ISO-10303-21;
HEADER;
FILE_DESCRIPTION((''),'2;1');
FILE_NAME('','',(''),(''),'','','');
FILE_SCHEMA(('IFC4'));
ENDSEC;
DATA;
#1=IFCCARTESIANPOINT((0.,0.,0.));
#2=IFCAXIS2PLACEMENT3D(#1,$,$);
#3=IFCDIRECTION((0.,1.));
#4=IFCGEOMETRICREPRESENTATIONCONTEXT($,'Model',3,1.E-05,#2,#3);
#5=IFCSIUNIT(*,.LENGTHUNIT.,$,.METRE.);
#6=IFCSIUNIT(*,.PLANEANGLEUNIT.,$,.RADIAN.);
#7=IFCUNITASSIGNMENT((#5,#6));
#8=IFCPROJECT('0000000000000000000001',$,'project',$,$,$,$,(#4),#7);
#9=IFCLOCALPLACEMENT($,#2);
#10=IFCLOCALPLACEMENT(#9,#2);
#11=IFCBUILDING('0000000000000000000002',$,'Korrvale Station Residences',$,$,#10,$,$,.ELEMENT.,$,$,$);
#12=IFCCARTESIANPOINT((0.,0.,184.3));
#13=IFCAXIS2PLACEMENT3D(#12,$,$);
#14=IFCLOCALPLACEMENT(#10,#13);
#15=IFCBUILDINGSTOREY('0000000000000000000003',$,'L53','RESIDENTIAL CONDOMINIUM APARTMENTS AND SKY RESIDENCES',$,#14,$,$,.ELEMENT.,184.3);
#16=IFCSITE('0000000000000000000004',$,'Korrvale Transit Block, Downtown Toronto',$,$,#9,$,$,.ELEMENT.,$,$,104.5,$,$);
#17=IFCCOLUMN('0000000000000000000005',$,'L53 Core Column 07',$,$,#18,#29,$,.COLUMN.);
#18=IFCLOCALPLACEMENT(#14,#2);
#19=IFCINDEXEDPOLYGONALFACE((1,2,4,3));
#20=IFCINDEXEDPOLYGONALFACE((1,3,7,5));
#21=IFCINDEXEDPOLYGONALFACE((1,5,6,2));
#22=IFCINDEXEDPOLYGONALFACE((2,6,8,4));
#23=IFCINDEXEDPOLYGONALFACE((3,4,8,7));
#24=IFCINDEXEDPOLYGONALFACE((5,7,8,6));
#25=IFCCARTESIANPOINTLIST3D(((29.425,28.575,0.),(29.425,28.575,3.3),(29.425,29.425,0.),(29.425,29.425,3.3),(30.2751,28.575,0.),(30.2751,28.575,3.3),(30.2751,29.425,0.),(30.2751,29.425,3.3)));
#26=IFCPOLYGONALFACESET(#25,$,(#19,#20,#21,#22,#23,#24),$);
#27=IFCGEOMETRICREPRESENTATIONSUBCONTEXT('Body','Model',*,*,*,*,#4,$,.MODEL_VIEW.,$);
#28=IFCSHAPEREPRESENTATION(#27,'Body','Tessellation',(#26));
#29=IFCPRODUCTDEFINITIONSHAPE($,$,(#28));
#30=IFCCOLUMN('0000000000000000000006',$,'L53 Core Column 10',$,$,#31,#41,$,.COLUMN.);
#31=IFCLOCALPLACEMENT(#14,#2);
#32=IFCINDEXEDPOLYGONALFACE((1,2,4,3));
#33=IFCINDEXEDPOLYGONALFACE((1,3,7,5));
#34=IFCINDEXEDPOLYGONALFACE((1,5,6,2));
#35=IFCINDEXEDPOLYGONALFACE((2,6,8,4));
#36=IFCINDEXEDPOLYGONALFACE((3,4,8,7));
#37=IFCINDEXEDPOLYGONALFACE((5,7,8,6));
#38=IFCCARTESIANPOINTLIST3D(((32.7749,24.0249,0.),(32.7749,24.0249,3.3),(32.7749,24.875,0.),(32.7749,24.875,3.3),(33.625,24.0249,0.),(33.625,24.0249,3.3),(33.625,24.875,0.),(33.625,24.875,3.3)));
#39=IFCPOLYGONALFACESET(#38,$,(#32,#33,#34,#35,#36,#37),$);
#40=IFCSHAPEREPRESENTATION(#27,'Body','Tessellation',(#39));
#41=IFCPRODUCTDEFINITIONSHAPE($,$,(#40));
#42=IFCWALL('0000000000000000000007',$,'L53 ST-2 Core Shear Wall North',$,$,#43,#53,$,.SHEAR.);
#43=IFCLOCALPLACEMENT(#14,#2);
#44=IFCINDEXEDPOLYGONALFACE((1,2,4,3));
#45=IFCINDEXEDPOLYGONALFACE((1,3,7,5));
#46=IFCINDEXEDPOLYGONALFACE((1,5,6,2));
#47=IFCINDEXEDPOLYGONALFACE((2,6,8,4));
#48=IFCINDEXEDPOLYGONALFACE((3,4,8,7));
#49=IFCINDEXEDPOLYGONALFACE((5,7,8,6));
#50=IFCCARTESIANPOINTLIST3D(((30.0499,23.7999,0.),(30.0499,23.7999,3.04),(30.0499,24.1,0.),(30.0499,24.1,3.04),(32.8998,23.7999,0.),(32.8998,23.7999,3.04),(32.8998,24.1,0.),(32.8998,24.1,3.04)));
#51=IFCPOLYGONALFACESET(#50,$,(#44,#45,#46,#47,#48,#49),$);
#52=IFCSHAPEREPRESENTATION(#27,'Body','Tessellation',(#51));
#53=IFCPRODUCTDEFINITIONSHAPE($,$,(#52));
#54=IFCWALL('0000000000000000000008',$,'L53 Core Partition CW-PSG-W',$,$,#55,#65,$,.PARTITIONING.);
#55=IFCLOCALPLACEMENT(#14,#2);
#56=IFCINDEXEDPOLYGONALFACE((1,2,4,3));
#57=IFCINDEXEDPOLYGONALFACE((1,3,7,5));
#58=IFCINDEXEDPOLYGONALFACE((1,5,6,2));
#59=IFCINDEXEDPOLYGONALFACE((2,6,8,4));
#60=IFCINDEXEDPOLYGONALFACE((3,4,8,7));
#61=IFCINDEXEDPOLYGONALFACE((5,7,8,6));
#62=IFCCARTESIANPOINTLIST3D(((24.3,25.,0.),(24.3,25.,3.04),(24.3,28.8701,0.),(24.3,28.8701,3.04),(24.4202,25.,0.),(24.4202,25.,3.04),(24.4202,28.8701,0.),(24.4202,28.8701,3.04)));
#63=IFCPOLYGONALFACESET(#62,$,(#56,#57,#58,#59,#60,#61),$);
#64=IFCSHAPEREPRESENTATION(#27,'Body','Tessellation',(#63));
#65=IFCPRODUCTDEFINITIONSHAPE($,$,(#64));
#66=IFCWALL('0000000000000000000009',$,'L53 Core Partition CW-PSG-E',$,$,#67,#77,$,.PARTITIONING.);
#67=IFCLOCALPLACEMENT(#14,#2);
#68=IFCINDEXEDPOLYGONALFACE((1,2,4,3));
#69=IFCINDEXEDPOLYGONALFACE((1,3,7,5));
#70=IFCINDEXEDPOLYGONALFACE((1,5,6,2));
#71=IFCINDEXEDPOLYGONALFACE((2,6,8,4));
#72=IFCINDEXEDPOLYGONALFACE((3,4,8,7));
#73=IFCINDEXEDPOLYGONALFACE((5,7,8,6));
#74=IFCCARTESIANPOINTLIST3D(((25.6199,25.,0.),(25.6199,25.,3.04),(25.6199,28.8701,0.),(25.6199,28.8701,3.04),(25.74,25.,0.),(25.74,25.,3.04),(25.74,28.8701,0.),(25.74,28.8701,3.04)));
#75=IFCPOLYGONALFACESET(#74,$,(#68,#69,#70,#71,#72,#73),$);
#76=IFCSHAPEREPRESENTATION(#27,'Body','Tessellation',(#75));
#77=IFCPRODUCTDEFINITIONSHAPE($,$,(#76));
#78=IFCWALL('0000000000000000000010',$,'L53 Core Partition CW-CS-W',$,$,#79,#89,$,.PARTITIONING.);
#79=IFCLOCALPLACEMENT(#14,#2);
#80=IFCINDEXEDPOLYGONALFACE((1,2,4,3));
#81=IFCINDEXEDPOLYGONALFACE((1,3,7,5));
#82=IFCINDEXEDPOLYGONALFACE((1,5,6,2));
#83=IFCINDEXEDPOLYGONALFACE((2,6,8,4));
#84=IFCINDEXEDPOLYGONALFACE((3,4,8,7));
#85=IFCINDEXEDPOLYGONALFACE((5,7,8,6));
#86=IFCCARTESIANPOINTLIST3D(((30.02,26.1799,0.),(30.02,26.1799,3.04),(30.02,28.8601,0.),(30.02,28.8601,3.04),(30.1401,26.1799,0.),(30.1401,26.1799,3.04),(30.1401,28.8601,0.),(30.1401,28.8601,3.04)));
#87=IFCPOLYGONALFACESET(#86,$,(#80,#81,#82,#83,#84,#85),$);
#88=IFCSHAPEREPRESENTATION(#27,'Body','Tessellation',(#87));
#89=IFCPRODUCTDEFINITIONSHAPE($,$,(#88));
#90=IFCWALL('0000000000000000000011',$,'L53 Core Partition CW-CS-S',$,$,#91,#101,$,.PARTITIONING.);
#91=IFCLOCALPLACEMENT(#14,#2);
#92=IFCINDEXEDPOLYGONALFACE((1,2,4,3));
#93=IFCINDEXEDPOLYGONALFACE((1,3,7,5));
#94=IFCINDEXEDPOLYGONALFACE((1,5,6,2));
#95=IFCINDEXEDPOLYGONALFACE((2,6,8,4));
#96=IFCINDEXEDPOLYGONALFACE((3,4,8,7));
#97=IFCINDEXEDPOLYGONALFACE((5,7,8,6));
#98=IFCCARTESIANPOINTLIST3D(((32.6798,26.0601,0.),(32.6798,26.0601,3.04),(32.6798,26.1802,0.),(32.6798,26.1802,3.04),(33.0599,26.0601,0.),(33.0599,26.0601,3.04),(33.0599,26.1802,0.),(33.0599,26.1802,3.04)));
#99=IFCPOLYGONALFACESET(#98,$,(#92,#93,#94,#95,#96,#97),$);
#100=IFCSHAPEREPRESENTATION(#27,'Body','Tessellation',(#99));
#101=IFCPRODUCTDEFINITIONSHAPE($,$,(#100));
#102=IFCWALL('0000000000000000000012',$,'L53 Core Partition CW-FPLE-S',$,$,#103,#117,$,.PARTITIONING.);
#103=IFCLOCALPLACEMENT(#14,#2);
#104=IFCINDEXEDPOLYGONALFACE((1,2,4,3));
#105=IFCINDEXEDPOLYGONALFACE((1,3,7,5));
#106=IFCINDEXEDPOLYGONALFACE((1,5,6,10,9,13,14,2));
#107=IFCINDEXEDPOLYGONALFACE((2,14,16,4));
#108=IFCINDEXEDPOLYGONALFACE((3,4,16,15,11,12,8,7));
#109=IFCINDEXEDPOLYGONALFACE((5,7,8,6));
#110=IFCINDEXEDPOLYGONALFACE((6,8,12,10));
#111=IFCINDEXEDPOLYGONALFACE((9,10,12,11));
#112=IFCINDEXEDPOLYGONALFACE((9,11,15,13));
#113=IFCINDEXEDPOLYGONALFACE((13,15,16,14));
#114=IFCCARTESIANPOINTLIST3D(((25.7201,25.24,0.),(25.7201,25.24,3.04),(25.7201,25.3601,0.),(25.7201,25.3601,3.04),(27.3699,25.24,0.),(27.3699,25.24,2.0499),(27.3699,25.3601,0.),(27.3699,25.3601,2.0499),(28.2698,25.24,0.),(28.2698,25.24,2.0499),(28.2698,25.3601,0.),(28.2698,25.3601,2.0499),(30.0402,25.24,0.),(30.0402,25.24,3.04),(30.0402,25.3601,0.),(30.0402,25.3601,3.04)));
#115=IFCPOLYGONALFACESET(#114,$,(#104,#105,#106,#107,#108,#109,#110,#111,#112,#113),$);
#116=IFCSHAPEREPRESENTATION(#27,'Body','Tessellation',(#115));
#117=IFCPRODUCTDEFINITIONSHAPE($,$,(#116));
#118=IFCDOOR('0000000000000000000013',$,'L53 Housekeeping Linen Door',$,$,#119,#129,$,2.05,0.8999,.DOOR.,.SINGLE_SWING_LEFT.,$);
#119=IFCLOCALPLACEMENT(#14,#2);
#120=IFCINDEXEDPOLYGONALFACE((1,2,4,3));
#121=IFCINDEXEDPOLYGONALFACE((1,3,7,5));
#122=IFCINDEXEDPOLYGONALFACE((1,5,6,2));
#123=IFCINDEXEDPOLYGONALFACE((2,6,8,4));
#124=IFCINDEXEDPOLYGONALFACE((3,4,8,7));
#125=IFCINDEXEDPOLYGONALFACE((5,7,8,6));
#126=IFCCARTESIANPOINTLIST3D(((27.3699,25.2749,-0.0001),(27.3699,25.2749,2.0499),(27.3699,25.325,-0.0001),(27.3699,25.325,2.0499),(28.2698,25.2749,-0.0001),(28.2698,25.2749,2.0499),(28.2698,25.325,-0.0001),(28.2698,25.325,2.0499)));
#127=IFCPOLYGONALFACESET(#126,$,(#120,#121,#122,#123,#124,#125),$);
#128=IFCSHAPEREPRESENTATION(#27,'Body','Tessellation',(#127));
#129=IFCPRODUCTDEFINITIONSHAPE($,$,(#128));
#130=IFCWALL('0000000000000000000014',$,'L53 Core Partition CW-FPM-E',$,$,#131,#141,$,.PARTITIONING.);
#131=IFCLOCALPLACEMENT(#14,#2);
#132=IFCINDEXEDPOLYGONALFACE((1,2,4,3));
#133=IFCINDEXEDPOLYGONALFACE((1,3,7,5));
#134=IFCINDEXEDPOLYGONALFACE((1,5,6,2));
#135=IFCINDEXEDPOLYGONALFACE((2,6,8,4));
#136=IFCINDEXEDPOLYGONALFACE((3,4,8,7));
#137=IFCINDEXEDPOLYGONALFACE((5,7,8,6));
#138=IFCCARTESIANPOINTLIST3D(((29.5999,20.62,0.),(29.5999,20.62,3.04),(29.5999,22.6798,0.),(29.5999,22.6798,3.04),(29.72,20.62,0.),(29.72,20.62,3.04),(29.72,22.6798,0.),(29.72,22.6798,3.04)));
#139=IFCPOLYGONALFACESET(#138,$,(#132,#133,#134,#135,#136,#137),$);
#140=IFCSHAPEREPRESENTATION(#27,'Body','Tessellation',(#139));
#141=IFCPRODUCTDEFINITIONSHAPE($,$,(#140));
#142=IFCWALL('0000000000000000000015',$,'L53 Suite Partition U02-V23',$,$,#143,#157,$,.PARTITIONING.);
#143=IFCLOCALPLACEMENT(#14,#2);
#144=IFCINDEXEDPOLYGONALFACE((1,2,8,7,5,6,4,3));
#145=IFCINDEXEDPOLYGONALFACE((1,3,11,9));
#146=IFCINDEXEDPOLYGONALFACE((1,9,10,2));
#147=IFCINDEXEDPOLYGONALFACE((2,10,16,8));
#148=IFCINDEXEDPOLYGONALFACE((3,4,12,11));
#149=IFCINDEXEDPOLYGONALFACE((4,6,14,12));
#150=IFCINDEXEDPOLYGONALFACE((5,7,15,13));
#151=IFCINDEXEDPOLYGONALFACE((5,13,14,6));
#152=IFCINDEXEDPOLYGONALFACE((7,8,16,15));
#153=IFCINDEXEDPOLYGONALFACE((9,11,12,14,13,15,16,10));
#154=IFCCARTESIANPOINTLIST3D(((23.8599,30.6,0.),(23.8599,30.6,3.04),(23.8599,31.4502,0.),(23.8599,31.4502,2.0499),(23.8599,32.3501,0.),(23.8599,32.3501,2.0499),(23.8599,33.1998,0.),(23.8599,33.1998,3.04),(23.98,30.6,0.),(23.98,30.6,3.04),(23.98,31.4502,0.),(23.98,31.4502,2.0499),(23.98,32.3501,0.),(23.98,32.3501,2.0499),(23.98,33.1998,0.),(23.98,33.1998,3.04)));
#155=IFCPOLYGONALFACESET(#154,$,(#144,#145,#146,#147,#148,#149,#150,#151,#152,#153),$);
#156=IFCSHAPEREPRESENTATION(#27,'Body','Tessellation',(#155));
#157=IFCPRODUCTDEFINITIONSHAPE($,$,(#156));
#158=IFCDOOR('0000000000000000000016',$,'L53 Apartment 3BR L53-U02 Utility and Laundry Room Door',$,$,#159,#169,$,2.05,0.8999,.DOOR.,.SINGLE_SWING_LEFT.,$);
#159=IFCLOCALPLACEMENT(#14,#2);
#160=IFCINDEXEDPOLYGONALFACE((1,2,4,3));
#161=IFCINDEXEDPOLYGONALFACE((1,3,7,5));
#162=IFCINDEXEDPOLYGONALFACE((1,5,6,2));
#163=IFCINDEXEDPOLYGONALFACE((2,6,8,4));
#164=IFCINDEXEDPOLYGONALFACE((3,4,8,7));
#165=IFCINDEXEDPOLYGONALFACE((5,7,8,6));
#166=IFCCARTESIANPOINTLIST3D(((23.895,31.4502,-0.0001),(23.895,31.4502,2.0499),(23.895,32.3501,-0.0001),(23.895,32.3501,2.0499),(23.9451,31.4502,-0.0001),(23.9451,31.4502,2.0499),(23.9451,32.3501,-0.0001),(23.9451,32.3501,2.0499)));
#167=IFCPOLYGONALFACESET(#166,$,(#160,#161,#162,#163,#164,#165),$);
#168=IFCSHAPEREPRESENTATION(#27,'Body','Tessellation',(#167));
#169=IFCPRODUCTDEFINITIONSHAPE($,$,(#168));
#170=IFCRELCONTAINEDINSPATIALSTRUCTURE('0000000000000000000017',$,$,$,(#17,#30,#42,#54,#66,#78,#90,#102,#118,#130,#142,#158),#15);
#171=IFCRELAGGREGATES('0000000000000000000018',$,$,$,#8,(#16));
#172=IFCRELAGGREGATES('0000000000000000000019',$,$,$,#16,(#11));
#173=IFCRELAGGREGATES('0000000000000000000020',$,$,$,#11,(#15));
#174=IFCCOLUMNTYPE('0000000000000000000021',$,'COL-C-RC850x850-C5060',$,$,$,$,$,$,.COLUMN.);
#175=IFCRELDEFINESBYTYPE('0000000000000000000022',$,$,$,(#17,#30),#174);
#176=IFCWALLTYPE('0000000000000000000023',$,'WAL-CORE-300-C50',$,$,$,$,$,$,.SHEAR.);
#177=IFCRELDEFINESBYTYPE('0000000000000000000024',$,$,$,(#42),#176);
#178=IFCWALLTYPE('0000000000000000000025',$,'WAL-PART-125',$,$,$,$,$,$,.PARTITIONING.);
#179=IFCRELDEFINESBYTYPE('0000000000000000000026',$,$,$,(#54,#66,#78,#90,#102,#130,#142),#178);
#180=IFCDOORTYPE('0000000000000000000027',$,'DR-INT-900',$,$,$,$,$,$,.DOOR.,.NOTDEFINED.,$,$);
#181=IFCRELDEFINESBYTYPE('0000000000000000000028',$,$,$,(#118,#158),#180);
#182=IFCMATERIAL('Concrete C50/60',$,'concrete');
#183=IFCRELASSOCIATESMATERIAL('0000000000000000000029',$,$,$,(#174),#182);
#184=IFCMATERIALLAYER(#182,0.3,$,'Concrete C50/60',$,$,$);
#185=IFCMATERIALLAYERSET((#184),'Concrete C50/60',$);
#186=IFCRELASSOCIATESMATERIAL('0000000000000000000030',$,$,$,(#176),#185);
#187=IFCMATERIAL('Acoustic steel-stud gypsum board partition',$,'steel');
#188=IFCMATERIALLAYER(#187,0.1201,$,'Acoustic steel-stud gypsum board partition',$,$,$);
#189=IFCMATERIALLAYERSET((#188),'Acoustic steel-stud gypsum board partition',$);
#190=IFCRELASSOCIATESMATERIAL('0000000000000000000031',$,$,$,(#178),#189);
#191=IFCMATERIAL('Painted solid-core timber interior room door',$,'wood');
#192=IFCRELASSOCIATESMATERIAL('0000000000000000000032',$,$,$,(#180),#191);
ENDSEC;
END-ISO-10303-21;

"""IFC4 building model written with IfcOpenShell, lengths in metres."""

from ifc_helpers import new_model, si_unit, direction, frame, frame_2d, origin, origin_2d, place, context, subcontext, project, spatial, rectangle, extrude, material, layer, layer_set, material_profile, profile_set, type_object, element, fill, save


model = new_model("IFC4")

# Units and contexts
model_context = context("Model", 3, precision=1e-05, world=origin(), true_north=direction((0.0, 1.0)))
body_context = subcontext(model_context, "Body", "Model", "MODEL_VIEW")
ifc_project = project(units=[si_unit("LENGTHUNIT", "METRE"), si_unit("PLANEANGLEUNIT", "RADIAN")], contexts=[model_context])

# Site, building, storey
site_placement = place(None, origin())
site = spatial("IfcSite", under=ifc_project, at=site_placement, Name="Korrvale Transit Block, Downtown Toronto", CompositionType="ELEMENT", RefElevation=104.5)
building_placement = place(site_placement, origin())
building = spatial("IfcBuilding", under=site, at=building_placement, Name="Korrvale Station Residences", CompositionType="ELEMENT")
storey_placement = place(building_placement, frame((0.0, 0.0, 184.3)))
storey = spatial("IfcBuildingStorey", under=building, at=storey_placement, Name="L53", Description="RESIDENTIAL CONDOMINIUM APARTMENTS AND SKY RESIDENCES", CompositionType="ELEMENT", Elevation=184.3)

# Columns
ifc_material_1 = material(Name="Concrete C50/60", Category="concrete")
ifc_material_profile = material_profile(ifc_material_1, rectangle(XDim=0.8501, YDim=0.8501, at=origin_2d()), Name="RC850x850")
ifc_profile_set = profile_set([ifc_material_profile], Name="Concrete C50/60")
column_type = type_object("IfcColumnType", Name="COL-C-RC850x850-C5060", PredefinedType="COLUMN", material=ifc_profile_set)
for number, where, z_axis, x_axis, name in (
    (1, (29.8501, 29.0, 0.0), (0.0, 0.0, 1.0), (1.0, 0.0, 0.0), "L53 Core Column 07"),
    (2, (33.2, 24.45, 0.0), (0.0, 0.0, 1.0), (1.0, 0.0, 0.0), "L53 Core Column 10"),
):
    element("IfcColumn", number, at=place(storey_placement, frame(where, z_axis=z_axis, x_axis=x_axis)), inside=storey, type_object=column_type, Name=name, PredefinedType="COLUMN", context=body_context, shape_type="SweptSolid", body=[
        extrude(rectangle(XDim=0.8501, YDim=0.8501, at=origin_2d()), origin(), (0.0, 0.0, 1.0), 3.3),
    ])

# Walls
ifc_layer_1 = layer(ifc_material_1, 0.3, Name="Concrete C50/60")
ifc_layer_set_1 = layer_set([ifc_layer_1], Name="Concrete C50/60")
wall_type_1 = type_object("IfcWallType", Name="WAL-CORE-300-C50", PredefinedType="SHEAR", material=ifc_layer_set_1)
wall_1_placement = place(storey_placement, frame((30.05, 23.95, 0.0), z_axis=(0.0, 0.0, 1.0), x_axis=(1.0, 0.0, 0.0)))
element("IfcWall", 3, at=wall_1_placement, inside=storey, type_object=wall_type_1, Name="L53 ST-2 Core Shear Wall North", PredefinedType="SHEAR", context=body_context, shape_type="SweptSolid", body=[
    extrude(rectangle(XDim=2.8499, YDim=0.3, at=frame_2d((1.4248, 0.0))), origin(), (0.0, 0.0, 1.0), 3.04),
])
ifc_material_2 = material(Name="Acoustic steel-stud gypsum board partition", Category="steel")
ifc_layer_2 = layer(ifc_material_2, 0.1201, Name="Acoustic steel-stud gypsum board partition")
ifc_layer_set_2 = layer_set([ifc_layer_2], Name="Acoustic steel-stud gypsum board partition")
wall_type_2 = type_object("IfcWallType", Name="WAL-PART-125", PredefinedType="PARTITIONING", material=ifc_layer_set_2)
for number, where, z_axis, x_axis, name in (
    (4, (24.3601, 25.0, 0.0), (0.0, 0.0, 1.0), (0.0, 1.0, 0.0), "L53 Core Partition CW-PSG-W"),
    (5, (25.6799, 25.0, 0.0), (0.0, 0.0, 1.0), (0.0, 1.0, 0.0), "L53 Core Partition CW-PSG-E"),
):
    element("IfcWall", number, at=place(storey_placement, frame(where, z_axis=z_axis, x_axis=x_axis)), inside=storey, type_object=wall_type_2, Name=name, PredefinedType="PARTITIONING", context=body_context, shape_type="SweptSolid", body=[
        extrude(rectangle(XDim=3.8701, YDim=0.1201, at=frame_2d((1.9351, 0.0))), origin(), (0.0, 0.0, 1.0), 3.04),
    ])
wall_2_placement = place(storey_placement, frame((30.0801, 26.1799, 0.0), z_axis=(0.0, 0.0, 1.0), x_axis=(0.0, 1.0, 0.0)))
element("IfcWall", 6, at=wall_2_placement, inside=storey, type_object=wall_type_2, Name="L53 Core Partition CW-CS-W", PredefinedType="PARTITIONING", context=body_context, shape_type="SweptSolid", body=[
    extrude(rectangle(XDim=2.6802, YDim=0.1201, at=frame_2d((1.3401, 0.0))), origin(), (0.0, 0.0, 1.0), 3.04),
])
wall_3_placement = place(storey_placement, frame((32.6799, 26.1201, 0.0), z_axis=(0.0, 0.0, 1.0), x_axis=(1.0, 0.0, 0.0)))
element("IfcWall", 7, at=wall_3_placement, inside=storey, type_object=wall_type_2, Name="L53 Core Partition CW-CS-S", PredefinedType="PARTITIONING", context=body_context, shape_type="SweptSolid", body=[
    extrude(rectangle(XDim=0.3801, YDim=0.1201, at=frame_2d((0.1899, 0.0))), origin(), (0.0, 0.0, 1.0), 3.04),
])

# Wall, opening, door
wall_4_placement = place(storey_placement, frame((25.72, 25.3, 0.0), z_axis=(0.0, 0.0, 1.0), x_axis=(1.0, 0.0, 0.0)))
wall_4 = element("IfcWall", 8, at=wall_4_placement, inside=storey, type_object=wall_type_2, Name="L53 Core Partition CW-FPLE-S", PredefinedType="PARTITIONING", context=body_context, shape_type="SweptSolid", body=[
    extrude(rectangle(XDim=4.3201, YDim=0.1201, at=frame_2d((2.1602, 0.0))), origin(), (0.0, 0.0, 1.0), 3.04),
])
opening_1_placement = place(wall_4_placement, frame((1.6499, 0.0, 0.0)))
opening_1 = element("IfcOpeningElement", 9, at=opening_1_placement, cuts=wall_4, PredefinedType="OPENING", context=body_context, shape_type="SweptSolid", body=[
    extrude(rectangle(XDim=0.8999, YDim=2.05, at=frame_2d((0.45, 1.0249))), frame((0.0, 0.0701, 0.0), z_axis=(0.0, -1.0, 0.0), x_axis=(1.0, 0.0, 0.0)), (0.0, 0.0, 1.0), 0.1401),
])
ifc_material_3 = material(Name="Painted solid-core timber interior room door", Category="wood")
door_type_1 = type_object("IfcDoorType", Name="DR-INT-900", OperationType="NOTDEFINED", PredefinedType="DOOR", material=ifc_material_3)
door_1_placement = place(opening_1_placement, origin())
door_1 = element("IfcDoor", 10, at=door_1_placement, inside=storey, type_object=door_type_1, Name="L53 Housekeeping Linen Door", OperationType="SINGLE_SWING_LEFT", OverallHeight=2.05, OverallWidth=0.8999, PredefinedType="DOOR", context=body_context, shape_type="SweptSolid", body=[
    extrude(rectangle(XDim=0.8999, YDim=2.05, at=frame_2d((0.45, 1.0249))), frame((0.0, 0.0249, 0.0), z_axis=(0.0, -1.0, 0.0), x_axis=(1.0, 0.0, 0.0)), (0.0, 0.0, 1.0), 0.05),
])
fill(opening_1, door_1)

# Wall
wall_5_placement = place(storey_placement, frame((29.6599, 20.6201, 0.0), z_axis=(0.0, 0.0, 1.0), x_axis=(0.0, 1.0, 0.0)))
element("IfcWall", 11, at=wall_5_placement, inside=storey, type_object=wall_type_2, Name="L53 Core Partition CW-FPM-E", PredefinedType="PARTITIONING", context=body_context, shape_type="SweptSolid", body=[
    extrude(rectangle(XDim=2.0598, YDim=0.1201, at=frame_2d((1.0298, 0.0))), origin(), (0.0, 0.0, 1.0), 3.04),
])

# Wall, opening, door
wall_6_placement = place(storey_placement, frame((23.9199, 30.6001, 0.0), z_axis=(0.0, 0.0, 1.0), x_axis=(0.0, 1.0, 0.0)))
wall_6 = element("IfcWall", 12, at=wall_6_placement, inside=storey, type_object=wall_type_2, Name="L53 Suite Partition U02-V23", PredefinedType="PARTITIONING", context=body_context, shape_type="SweptSolid", body=[
    extrude(rectangle(XDim=2.5999, YDim=0.1201, at=frame_2d((1.2998, 0.0))), origin(), (0.0, 0.0, 1.0), 3.04),
])
opening_2_placement = place(wall_6_placement, frame((0.8501, 0.0, 0.0)))
opening_2 = element("IfcOpeningElement", 13, at=opening_2_placement, cuts=wall_6, PredefinedType="OPENING", context=body_context, shape_type="SweptSolid", body=[
    extrude(rectangle(XDim=0.8999, YDim=2.05, at=frame_2d((0.45, 1.0249))), frame((0.0, 0.0701, 0.0), z_axis=(0.0, -1.0, 0.0), x_axis=(1.0, 0.0, 0.0)), (0.0, 0.0, 1.0), 0.1401),
])
door_2_placement = place(opening_2_placement, origin())
door_2 = element("IfcDoor", 14, at=door_2_placement, inside=storey, type_object=door_type_1, Name="L53 Apartment 3BR L53-U02 Utility and Laundry Room Door", OperationType="SINGLE_SWING_LEFT", OverallHeight=2.05, OverallWidth=0.8999, PredefinedType="DOOR", context=body_context, shape_type="SweptSolid", body=[
    extrude(rectangle(XDim=0.8999, YDim=2.05, at=frame_2d((0.45, 1.0249))), frame((0.0, 0.0249, 0.0), z_axis=(0.0, -1.0, 0.0), x_axis=(1.0, 0.0, 0.0)), (0.0, 0.0, 1.0), 0.05),
])
fill(opening_2, door_2)

save(model, "model.ifc")
